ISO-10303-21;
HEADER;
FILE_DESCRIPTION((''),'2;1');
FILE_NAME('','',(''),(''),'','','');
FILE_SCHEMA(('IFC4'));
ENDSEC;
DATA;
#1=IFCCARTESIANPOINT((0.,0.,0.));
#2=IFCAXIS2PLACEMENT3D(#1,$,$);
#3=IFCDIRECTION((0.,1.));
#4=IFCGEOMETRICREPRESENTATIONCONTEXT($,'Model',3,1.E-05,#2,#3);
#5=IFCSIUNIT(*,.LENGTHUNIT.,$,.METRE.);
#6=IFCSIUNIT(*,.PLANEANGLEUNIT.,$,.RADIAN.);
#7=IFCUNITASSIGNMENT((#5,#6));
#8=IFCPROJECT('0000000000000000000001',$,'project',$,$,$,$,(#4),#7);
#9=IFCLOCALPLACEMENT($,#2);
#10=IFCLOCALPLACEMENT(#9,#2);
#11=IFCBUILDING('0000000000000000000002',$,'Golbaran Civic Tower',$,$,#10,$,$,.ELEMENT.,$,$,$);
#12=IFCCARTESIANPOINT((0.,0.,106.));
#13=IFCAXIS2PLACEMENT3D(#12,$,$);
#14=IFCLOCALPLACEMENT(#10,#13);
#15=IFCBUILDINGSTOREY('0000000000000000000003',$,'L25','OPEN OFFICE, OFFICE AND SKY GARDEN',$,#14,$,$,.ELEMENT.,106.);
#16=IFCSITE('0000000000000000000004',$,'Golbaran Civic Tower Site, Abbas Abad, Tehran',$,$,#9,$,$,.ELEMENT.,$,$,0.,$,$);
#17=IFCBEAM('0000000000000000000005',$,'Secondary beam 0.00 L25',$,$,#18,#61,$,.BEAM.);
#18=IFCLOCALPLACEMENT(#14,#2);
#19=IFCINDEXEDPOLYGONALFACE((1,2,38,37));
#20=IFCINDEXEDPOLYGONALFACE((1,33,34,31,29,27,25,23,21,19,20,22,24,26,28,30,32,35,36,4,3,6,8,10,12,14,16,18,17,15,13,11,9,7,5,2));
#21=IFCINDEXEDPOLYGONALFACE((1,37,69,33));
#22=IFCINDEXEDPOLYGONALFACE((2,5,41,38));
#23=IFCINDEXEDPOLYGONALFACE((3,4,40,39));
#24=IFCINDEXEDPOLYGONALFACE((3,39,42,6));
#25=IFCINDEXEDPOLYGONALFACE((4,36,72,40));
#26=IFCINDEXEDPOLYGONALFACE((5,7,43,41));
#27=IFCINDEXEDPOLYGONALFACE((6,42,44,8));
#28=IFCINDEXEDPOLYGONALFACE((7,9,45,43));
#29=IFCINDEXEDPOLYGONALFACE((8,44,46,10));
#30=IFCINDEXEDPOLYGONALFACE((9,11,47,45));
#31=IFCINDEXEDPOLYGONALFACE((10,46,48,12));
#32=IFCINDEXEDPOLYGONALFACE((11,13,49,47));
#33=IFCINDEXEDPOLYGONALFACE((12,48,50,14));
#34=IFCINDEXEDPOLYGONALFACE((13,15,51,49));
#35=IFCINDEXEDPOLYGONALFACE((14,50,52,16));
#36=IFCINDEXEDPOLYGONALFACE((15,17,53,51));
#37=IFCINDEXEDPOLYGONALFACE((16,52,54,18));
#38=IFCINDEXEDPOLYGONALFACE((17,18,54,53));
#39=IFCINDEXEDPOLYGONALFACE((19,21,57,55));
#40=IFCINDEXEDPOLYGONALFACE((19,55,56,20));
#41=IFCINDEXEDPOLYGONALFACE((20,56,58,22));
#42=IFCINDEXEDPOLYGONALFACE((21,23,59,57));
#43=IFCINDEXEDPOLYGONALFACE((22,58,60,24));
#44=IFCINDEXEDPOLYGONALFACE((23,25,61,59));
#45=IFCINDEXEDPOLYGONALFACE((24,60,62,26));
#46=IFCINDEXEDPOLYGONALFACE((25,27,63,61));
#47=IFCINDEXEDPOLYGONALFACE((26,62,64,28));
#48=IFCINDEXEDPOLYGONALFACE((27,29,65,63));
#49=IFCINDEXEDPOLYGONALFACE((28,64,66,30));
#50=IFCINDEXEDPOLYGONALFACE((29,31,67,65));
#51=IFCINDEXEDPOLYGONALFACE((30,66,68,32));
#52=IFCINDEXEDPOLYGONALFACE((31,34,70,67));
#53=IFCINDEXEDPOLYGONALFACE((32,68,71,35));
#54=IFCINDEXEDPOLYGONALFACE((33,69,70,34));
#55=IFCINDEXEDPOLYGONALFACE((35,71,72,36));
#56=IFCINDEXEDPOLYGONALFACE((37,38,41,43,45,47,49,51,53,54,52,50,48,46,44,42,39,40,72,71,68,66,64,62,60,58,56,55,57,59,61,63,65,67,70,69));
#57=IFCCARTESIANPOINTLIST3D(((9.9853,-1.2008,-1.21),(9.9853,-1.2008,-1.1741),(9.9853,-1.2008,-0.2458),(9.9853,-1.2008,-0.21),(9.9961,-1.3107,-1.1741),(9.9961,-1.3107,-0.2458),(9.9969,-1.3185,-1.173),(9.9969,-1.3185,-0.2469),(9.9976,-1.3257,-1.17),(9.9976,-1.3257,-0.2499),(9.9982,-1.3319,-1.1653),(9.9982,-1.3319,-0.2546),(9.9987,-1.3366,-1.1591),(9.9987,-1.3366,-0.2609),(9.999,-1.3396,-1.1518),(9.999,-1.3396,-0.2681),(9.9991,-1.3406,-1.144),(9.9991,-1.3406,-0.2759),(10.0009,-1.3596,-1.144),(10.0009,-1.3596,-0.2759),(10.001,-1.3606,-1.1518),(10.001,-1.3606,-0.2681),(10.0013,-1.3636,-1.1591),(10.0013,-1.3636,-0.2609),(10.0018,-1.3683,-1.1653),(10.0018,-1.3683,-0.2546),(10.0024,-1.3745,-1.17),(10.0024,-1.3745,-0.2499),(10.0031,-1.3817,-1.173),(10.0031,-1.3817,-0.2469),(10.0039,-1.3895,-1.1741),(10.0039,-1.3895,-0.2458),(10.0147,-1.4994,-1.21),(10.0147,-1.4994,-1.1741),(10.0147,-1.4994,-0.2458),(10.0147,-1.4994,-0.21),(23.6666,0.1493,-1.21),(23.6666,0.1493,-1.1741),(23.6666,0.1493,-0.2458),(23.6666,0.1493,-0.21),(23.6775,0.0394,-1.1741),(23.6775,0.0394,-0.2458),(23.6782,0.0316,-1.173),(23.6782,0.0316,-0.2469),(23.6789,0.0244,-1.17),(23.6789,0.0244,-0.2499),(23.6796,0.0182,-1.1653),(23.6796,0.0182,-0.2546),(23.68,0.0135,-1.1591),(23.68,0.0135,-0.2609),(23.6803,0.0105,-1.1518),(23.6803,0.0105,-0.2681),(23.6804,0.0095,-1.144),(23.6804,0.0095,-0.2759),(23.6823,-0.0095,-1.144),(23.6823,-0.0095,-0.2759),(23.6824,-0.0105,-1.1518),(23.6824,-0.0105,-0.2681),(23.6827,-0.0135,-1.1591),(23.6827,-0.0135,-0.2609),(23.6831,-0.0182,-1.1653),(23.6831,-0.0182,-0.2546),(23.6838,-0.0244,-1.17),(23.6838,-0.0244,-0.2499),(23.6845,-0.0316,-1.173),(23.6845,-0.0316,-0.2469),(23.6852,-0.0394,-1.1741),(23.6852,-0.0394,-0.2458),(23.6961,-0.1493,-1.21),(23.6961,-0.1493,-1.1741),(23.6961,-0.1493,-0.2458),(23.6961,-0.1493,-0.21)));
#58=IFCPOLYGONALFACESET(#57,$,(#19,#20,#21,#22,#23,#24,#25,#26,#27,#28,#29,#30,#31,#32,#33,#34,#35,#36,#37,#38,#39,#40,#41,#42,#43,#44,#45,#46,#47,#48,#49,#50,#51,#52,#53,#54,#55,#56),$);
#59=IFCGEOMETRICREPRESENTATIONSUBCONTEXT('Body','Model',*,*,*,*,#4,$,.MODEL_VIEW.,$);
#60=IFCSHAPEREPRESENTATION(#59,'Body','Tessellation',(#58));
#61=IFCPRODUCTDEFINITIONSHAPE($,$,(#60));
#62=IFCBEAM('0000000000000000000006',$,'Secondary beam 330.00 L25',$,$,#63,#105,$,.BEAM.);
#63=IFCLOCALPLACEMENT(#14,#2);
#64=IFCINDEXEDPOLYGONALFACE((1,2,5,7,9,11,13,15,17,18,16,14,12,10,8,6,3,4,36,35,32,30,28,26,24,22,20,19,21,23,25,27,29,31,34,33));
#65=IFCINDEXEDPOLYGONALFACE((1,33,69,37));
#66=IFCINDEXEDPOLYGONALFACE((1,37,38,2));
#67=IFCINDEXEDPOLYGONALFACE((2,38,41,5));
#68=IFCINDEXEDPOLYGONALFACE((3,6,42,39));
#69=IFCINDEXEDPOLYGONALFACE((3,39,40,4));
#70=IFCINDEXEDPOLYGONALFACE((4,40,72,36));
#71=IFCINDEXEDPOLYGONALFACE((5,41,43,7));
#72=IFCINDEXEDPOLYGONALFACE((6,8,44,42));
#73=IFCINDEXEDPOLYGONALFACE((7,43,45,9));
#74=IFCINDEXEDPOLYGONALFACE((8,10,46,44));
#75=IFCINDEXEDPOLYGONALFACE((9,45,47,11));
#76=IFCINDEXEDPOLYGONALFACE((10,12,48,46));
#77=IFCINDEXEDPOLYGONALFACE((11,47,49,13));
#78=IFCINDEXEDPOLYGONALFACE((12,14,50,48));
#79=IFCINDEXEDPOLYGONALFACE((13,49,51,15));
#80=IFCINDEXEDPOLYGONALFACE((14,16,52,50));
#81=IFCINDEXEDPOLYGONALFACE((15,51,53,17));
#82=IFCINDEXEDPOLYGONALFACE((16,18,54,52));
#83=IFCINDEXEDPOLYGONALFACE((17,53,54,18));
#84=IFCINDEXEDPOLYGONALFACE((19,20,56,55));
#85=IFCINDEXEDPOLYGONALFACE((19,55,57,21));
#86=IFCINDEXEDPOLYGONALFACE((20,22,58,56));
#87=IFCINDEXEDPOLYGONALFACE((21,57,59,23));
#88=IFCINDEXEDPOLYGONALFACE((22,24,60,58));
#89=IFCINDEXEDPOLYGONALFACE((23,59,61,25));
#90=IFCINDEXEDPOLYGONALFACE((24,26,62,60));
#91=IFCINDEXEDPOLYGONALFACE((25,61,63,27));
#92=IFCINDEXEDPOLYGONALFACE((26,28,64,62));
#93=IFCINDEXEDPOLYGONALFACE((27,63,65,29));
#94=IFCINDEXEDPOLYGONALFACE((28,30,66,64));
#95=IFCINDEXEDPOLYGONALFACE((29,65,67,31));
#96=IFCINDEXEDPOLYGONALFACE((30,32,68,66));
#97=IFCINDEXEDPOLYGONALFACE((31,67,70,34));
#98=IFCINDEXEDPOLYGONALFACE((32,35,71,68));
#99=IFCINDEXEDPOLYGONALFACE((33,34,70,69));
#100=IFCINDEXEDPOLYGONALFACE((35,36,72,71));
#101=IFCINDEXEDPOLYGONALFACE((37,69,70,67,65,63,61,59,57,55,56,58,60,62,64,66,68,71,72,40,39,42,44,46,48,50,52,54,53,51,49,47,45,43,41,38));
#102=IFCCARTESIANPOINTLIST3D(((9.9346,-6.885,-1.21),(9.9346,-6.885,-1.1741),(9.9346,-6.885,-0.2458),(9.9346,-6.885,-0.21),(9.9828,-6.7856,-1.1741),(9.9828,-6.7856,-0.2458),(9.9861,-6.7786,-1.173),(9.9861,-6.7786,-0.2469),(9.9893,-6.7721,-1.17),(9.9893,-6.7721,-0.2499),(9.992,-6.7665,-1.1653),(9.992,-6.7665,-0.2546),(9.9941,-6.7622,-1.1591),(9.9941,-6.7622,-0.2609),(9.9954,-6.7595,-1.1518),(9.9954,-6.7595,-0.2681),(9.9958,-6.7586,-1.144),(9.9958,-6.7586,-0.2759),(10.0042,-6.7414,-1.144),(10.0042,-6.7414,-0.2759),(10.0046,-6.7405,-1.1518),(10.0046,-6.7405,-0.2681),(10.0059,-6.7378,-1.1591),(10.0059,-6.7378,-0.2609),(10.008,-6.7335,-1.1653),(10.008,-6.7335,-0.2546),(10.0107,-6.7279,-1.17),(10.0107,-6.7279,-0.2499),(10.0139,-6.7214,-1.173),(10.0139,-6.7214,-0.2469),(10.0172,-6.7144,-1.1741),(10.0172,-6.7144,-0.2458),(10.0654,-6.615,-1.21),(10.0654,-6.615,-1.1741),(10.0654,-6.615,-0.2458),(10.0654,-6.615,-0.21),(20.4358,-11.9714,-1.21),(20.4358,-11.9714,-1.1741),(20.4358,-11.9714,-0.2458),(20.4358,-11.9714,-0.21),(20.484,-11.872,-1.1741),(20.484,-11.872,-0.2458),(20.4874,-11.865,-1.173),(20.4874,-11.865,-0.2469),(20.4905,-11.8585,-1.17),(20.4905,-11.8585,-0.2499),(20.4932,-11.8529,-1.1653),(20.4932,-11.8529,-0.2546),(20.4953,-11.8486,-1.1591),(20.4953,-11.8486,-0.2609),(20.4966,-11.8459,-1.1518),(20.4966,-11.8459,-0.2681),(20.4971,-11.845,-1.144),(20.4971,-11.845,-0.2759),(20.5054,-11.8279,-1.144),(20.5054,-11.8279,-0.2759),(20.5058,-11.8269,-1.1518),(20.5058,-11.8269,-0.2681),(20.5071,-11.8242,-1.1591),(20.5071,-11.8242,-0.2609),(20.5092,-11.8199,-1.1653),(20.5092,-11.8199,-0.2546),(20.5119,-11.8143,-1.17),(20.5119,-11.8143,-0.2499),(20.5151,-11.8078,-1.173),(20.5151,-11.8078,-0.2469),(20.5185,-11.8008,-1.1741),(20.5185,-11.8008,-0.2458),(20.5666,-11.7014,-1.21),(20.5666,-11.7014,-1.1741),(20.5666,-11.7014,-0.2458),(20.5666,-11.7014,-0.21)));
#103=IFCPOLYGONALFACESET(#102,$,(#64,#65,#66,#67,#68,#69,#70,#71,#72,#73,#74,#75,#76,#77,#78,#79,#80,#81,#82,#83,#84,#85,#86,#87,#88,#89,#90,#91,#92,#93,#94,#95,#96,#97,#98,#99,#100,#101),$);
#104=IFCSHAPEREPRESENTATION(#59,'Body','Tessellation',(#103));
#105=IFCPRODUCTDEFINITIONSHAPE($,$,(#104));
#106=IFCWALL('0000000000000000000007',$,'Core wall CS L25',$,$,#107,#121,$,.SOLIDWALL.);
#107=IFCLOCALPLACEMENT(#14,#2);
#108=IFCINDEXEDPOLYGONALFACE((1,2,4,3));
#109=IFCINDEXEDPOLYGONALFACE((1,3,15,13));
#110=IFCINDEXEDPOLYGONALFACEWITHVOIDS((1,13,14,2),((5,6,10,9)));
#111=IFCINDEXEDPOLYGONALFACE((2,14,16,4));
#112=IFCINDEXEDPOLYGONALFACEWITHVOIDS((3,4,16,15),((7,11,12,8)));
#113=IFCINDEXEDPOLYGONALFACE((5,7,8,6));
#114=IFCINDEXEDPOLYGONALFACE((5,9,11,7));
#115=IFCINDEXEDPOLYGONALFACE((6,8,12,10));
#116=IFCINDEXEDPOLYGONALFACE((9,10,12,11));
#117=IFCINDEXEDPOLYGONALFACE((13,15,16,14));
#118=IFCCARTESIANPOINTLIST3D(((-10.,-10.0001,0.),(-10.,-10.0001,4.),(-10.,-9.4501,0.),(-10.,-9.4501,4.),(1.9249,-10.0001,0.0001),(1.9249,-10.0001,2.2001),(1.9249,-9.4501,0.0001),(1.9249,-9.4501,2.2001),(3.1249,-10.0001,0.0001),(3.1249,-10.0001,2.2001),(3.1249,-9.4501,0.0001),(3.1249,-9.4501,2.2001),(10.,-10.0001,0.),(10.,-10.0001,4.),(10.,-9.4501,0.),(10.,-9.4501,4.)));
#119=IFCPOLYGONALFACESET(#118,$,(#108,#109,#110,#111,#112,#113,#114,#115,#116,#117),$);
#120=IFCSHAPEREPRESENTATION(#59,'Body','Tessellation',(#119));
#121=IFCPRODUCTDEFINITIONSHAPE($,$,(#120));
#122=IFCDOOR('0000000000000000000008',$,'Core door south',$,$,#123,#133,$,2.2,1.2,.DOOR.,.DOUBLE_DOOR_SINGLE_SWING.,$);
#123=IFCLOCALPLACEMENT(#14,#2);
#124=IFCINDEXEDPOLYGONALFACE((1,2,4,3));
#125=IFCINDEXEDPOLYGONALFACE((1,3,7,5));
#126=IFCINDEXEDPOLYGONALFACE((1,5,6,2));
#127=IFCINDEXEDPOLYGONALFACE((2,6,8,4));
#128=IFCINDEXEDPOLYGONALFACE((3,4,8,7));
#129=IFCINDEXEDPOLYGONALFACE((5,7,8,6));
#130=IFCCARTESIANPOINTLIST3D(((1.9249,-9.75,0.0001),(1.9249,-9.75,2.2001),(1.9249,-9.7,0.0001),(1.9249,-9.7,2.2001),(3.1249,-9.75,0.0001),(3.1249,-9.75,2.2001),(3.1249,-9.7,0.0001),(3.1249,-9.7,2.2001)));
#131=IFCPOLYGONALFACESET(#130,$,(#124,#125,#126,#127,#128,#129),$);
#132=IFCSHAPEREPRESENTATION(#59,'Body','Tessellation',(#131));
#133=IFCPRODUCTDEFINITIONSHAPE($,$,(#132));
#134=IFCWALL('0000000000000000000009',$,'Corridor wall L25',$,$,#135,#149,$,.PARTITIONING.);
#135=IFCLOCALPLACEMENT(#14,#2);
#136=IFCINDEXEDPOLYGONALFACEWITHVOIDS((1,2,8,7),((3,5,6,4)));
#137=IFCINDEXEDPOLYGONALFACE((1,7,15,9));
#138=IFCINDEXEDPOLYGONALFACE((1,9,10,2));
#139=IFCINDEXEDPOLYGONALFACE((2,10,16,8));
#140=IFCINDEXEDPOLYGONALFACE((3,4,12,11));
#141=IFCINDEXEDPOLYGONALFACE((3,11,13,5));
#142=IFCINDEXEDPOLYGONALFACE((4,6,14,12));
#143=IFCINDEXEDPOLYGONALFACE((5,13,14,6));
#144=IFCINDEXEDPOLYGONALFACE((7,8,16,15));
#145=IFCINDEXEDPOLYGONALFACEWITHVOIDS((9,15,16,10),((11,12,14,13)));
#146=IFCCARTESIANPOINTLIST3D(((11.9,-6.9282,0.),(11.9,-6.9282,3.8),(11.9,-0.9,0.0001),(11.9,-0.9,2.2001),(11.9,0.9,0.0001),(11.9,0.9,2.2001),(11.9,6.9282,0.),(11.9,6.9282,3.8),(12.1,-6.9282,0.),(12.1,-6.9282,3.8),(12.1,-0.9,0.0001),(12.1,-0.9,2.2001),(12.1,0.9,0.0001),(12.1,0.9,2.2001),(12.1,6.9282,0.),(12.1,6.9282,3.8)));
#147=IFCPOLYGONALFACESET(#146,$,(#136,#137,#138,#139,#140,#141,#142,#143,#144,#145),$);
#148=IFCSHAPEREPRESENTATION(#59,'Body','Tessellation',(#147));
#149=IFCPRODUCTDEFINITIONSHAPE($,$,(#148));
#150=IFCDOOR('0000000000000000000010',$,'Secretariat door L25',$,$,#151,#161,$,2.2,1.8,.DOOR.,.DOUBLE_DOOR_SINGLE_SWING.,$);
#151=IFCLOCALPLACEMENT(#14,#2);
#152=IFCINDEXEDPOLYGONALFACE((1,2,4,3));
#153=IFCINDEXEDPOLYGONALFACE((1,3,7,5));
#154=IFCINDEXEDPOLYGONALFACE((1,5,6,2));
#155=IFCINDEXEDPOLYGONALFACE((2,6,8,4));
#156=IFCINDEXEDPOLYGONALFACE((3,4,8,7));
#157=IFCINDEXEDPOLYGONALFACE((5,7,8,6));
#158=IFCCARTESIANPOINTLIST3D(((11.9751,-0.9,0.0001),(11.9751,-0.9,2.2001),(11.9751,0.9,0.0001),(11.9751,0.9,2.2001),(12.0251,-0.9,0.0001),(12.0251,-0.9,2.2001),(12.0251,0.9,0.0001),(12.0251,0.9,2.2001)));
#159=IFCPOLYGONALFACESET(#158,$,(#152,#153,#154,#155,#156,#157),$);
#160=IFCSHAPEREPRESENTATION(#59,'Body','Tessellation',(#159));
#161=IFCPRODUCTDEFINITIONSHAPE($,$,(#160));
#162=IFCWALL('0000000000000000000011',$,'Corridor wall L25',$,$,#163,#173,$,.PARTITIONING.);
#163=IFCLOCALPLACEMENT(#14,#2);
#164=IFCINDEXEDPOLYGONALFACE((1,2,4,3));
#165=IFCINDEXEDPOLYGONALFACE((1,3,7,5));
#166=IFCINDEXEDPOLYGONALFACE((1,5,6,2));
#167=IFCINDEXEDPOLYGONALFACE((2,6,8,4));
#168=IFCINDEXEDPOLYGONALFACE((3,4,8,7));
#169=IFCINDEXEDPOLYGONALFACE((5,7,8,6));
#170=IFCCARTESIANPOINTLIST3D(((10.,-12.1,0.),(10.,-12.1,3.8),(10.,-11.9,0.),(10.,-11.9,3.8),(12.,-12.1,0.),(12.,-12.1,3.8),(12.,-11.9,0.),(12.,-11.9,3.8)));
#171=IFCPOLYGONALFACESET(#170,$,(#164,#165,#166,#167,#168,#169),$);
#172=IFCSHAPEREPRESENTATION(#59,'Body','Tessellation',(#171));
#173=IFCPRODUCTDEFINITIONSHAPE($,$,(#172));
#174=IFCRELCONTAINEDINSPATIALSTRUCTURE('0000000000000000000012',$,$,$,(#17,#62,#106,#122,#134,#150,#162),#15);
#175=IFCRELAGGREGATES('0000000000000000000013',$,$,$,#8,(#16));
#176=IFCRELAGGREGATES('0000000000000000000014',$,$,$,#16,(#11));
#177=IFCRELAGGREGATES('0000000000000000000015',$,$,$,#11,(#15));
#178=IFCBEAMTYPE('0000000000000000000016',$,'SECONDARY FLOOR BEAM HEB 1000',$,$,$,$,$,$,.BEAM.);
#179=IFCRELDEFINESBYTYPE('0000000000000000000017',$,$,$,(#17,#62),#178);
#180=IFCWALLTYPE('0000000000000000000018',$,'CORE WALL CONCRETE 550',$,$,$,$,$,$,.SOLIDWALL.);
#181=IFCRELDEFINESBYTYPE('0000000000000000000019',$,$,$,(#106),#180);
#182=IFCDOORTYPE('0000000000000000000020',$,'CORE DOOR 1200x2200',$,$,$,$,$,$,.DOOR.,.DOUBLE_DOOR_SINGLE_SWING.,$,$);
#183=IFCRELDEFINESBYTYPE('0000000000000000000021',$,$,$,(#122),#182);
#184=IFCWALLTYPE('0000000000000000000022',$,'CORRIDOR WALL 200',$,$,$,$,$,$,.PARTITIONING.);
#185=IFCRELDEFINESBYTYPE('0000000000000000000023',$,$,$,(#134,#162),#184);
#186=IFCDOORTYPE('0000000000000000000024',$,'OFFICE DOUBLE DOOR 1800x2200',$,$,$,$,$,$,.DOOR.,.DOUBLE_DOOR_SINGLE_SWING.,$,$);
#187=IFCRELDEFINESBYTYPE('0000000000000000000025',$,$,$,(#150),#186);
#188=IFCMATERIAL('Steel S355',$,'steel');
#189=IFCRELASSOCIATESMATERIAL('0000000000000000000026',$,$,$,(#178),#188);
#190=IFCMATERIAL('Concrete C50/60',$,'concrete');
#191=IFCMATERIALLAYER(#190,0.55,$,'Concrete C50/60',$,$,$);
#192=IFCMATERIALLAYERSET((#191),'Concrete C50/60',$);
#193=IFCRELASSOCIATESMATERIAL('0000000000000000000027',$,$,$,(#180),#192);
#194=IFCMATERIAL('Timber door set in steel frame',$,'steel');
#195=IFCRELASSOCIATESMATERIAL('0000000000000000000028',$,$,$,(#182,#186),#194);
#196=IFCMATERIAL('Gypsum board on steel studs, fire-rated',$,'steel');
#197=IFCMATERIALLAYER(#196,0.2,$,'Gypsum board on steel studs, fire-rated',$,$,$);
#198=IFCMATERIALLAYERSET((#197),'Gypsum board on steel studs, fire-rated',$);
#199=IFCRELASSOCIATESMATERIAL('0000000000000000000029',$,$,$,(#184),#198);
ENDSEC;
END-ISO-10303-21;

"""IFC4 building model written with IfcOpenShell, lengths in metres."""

from ifc_helpers import new_model, si_unit, direction, frame, frame_2d, origin, origin_2d, place, context, subcontext, project, spatial, rectangle, i_section, extrude, material, layer, layer_set, material_profile, profile_set, type_object, element, fill, save


model = new_model("IFC4")

# Units and contexts
model_context = context("Model", 3, precision=1e-05, world=origin(), true_north=direction((0.0, 1.0)))
body_context = subcontext(model_context, "Body", "Model", "MODEL_VIEW")
ifc_project = project(units=[si_unit("LENGTHUNIT", "METRE"), si_unit("PLANEANGLEUNIT", "RADIAN")], contexts=[model_context])

# Site, building, storey
site_placement = place(None, origin())
site = spatial("IfcSite", under=ifc_project, at=site_placement, Name="Golbaran Civic Tower Site, Abbas Abad, Tehran", CompositionType="ELEMENT", RefElevation=0.0)
building_placement = place(site_placement, origin())
building = spatial("IfcBuilding", under=site, at=building_placement, Name="Golbaran Civic Tower", CompositionType="ELEMENT")
storey_placement = place(building_placement, frame((0.0, 0.0, 106.0)))
storey = spatial("IfcBuildingStorey", under=building, at=storey_placement, Name="L25", Description="OPEN OFFICE, OFFICE AND SKY GARDEN", CompositionType="ELEMENT", Elevation=106.0)

# Beams
ifc_material_1 = material(Name="Steel S355", Category="steel")
ifc_material_profile_1 = material_profile(ifc_material_1, i_section(OverallWidth=0.3, OverallDepth=1.0, WebThickness=0.019, FlangeThickness=0.0359, FilletRadius=0.03, at=origin_2d()), Name="HEB 1000")
ifc_profile_set_1 = profile_set([ifc_material_profile_1], Name="Steel S355")
beam_type_1 = type_object("IfcBeamType", Name="SECONDARY FLOOR BEAM HEB 1000", PredefinedType="BEAM", material=ifc_profile_set_1)
beam_1_placement = place(storey_placement, frame((10.0, -1.3501, -0.71), z_axis=(0.995166, 0.098204, 0.0), x_axis=(-0.098204, 0.995166, 0.0)))
element("IfcBeam", 1, at=beam_1_placement, inside=storey, type_object=beam_type_1, Name="Secondary beam 0.00 L25", PredefinedType="BEAM", context=body_context, shape_type="SweptSolid", body=[
    extrude(i_section(OverallWidth=0.3, OverallDepth=1.0, WebThickness=0.019, FlangeThickness=0.0359, FilletRadius=0.03, at=origin_2d()), origin(), (0.0, 0.0, 1.0), 13.7478),
])
beam_2_placement = place(storey_placement, frame((10.0, -6.75, -0.71), z_axis=(0.899985, -0.435921, 0.0), x_axis=(0.435921, 0.899985, 0.0)))
element("IfcBeam", 2, at=beam_2_placement, inside=storey, type_object=beam_type_1, Name="Secondary beam 330.00 L25", PredefinedType="BEAM", context=body_context, shape_type="SweptSolid", body=[
    extrude(i_section(OverallWidth=0.3, OverallDepth=1.0, WebThickness=0.019, FlangeThickness=0.0359, FilletRadius=0.03, at=origin_2d()), origin(), (0.0, 0.0, 1.0), 11.6682),
])

# Walls, openings, doors
ifc_material_2 = material(Name="Concrete C50/60", Category="concrete")
ifc_layer_1 = layer(ifc_material_2, 0.55, Name="Concrete C50/60")
ifc_layer_set_1 = layer_set([ifc_layer_1], Name="Concrete C50/60")
wall_type_1 = type_object("IfcWallType", Name="CORE WALL CONCRETE 550", PredefinedType="SOLIDWALL", material=ifc_layer_set_1)
wall_1_placement = place(storey_placement, frame((10.0, -9.7251, 0.0), z_axis=(0.0, 0.0, 1.0), x_axis=(-1.0, 0.0, 0.0)))
wall_1 = element("IfcWall", 3, at=wall_1_placement, inside=storey, type_object=wall_type_1, Name="Core wall CS L25", PredefinedType="SOLIDWALL", context=body_context, shape_type="SweptSolid", body=[
    extrude(rectangle(XDim=20.0, YDim=0.55, at=frame_2d((10.0, 0.0))), origin(), (0.0, 0.0, 1.0), 4.0),
])
opening_1_placement = place(wall_1_placement, frame((6.875, 0.0, 0.0)))
opening_1 = element("IfcOpeningElement", 4, at=opening_1_placement, cuts=wall_1, PredefinedType="OPENING", context=body_context, shape_type="SweptSolid", body=[
    extrude(rectangle(XDim=1.2, YDim=2.2, at=frame_2d((0.6001, 1.1001))), frame((0.0, 0.2849, 0.0), z_axis=(0.0, -1.0, 0.0), x_axis=(1.0, 0.0, 0.0)), (0.0, 0.0, 1.0), 0.5701),
])
ifc_material_3 = material(Name="Timber door set in steel frame", Category="steel")
door_type_1 = type_object("IfcDoorType", Name="CORE DOOR 1200x2200", OperationType="DOUBLE_DOOR_SINGLE_SWING", PredefinedType="DOOR", material=ifc_material_3)
door_1_placement = place(opening_1_placement, origin())
door_1 = element("IfcDoor", 5, at=door_1_placement, inside=storey, type_object=door_type_1, Name="Core door south", OperationType="DOUBLE_DOOR_SINGLE_SWING", OverallHeight=2.2, OverallWidth=1.2, PredefinedType="DOOR", context=body_context, shape_type="SweptSolid", body=[
    extrude(rectangle(XDim=1.2, YDim=2.2, at=frame_2d((0.6001, 1.1001))), frame((0.0, 0.0249, 0.0), z_axis=(0.0, -1.0, 0.0), x_axis=(1.0, 0.0, 0.0)), (0.0, 0.0, 1.0), 0.05),
])
fill(opening_1, door_1)
ifc_material_4 = material(Name="Gypsum board on steel studs, fire-rated", Category="steel")
ifc_layer_2 = layer(ifc_material_4, 0.2, Name="Gypsum board on steel studs, fire-rated")
ifc_layer_set_2 = layer_set([ifc_layer_2], Name="Gypsum board on steel studs, fire-rated")
wall_type_2 = type_object("IfcWallType", Name="CORRIDOR WALL 200", PredefinedType="PARTITIONING", material=ifc_layer_set_2)
wall_2_placement = place(storey_placement, frame((12.0, -6.9282, 0.0), z_axis=(0.0, 0.0, 1.0), x_axis=(0.0, 1.0, 0.0)))
wall_2 = element("IfcWall", 6, at=wall_2_placement, inside=storey, type_object=wall_type_2, Name="Corridor wall L25", PredefinedType="PARTITIONING", context=body_context, shape_type="SweptSolid", body=[
    extrude(rectangle(XDim=13.8564, YDim=0.2, at=frame_2d((6.9282, 0.0))), origin(), (0.0, 0.0, 1.0), 3.8),
])
opening_2_placement = place(wall_2_placement, frame((6.0283, 0.0, 0.0)))
opening_2 = element("IfcOpeningElement", 7, at=opening_2_placement, cuts=wall_2, PredefinedType="OPENING", context=body_context, shape_type="SweptSolid", body=[
    extrude(rectangle(XDim=1.8, YDim=2.2, at=frame_2d((0.8999, 1.1001))), frame((0.0, 0.1099, 0.0), z_axis=(0.0, -1.0, 0.0), x_axis=(1.0, 0.0, 0.0)), (0.0, 0.0, 1.0), 0.22),
])
door_type_2 = type_object("IfcDoorType", Name="OFFICE DOUBLE DOOR 1800x2200", OperationType="DOUBLE_DOOR_SINGLE_SWING", PredefinedType="DOOR", material=ifc_material_3)
door_2_placement = place(opening_2_placement, origin())
door_2 = element("IfcDoor", 8, at=door_2_placement, inside=storey, type_object=door_type_2, Name="Secretariat door L25", OperationType="DOUBLE_DOOR_SINGLE_SWING", OverallHeight=2.2, OverallWidth=1.8, PredefinedType="DOOR", context=body_context, shape_type="SweptSolid", body=[
    extrude(rectangle(XDim=1.8, YDim=2.2, at=frame_2d((0.8999, 1.1001))), frame((0.0, 0.0249, 0.0), z_axis=(0.0, -1.0, 0.0), x_axis=(1.0, 0.0, 0.0)), (0.0, 0.0, 1.0), 0.05),
])
fill(opening_2, door_2)

# Wall
wall_3_placement = place(storey_placement, frame((10.0, -12.0, 0.0), z_axis=(0.0, 0.0, 1.0), x_axis=(1.0, 0.0, 0.0)))
element("IfcWall", 9, at=wall_3_placement, inside=storey, type_object=wall_type_2, Name="Corridor wall L25", PredefinedType="PARTITIONING", context=body_context, shape_type="SweptSolid", body=[
    extrude(rectangle(XDim=2.0, YDim=0.2, at=frame_2d((1.0, 0.0))), origin(), (0.0, 0.0, 1.0), 3.8),
])

save(model, "model.ifc")
